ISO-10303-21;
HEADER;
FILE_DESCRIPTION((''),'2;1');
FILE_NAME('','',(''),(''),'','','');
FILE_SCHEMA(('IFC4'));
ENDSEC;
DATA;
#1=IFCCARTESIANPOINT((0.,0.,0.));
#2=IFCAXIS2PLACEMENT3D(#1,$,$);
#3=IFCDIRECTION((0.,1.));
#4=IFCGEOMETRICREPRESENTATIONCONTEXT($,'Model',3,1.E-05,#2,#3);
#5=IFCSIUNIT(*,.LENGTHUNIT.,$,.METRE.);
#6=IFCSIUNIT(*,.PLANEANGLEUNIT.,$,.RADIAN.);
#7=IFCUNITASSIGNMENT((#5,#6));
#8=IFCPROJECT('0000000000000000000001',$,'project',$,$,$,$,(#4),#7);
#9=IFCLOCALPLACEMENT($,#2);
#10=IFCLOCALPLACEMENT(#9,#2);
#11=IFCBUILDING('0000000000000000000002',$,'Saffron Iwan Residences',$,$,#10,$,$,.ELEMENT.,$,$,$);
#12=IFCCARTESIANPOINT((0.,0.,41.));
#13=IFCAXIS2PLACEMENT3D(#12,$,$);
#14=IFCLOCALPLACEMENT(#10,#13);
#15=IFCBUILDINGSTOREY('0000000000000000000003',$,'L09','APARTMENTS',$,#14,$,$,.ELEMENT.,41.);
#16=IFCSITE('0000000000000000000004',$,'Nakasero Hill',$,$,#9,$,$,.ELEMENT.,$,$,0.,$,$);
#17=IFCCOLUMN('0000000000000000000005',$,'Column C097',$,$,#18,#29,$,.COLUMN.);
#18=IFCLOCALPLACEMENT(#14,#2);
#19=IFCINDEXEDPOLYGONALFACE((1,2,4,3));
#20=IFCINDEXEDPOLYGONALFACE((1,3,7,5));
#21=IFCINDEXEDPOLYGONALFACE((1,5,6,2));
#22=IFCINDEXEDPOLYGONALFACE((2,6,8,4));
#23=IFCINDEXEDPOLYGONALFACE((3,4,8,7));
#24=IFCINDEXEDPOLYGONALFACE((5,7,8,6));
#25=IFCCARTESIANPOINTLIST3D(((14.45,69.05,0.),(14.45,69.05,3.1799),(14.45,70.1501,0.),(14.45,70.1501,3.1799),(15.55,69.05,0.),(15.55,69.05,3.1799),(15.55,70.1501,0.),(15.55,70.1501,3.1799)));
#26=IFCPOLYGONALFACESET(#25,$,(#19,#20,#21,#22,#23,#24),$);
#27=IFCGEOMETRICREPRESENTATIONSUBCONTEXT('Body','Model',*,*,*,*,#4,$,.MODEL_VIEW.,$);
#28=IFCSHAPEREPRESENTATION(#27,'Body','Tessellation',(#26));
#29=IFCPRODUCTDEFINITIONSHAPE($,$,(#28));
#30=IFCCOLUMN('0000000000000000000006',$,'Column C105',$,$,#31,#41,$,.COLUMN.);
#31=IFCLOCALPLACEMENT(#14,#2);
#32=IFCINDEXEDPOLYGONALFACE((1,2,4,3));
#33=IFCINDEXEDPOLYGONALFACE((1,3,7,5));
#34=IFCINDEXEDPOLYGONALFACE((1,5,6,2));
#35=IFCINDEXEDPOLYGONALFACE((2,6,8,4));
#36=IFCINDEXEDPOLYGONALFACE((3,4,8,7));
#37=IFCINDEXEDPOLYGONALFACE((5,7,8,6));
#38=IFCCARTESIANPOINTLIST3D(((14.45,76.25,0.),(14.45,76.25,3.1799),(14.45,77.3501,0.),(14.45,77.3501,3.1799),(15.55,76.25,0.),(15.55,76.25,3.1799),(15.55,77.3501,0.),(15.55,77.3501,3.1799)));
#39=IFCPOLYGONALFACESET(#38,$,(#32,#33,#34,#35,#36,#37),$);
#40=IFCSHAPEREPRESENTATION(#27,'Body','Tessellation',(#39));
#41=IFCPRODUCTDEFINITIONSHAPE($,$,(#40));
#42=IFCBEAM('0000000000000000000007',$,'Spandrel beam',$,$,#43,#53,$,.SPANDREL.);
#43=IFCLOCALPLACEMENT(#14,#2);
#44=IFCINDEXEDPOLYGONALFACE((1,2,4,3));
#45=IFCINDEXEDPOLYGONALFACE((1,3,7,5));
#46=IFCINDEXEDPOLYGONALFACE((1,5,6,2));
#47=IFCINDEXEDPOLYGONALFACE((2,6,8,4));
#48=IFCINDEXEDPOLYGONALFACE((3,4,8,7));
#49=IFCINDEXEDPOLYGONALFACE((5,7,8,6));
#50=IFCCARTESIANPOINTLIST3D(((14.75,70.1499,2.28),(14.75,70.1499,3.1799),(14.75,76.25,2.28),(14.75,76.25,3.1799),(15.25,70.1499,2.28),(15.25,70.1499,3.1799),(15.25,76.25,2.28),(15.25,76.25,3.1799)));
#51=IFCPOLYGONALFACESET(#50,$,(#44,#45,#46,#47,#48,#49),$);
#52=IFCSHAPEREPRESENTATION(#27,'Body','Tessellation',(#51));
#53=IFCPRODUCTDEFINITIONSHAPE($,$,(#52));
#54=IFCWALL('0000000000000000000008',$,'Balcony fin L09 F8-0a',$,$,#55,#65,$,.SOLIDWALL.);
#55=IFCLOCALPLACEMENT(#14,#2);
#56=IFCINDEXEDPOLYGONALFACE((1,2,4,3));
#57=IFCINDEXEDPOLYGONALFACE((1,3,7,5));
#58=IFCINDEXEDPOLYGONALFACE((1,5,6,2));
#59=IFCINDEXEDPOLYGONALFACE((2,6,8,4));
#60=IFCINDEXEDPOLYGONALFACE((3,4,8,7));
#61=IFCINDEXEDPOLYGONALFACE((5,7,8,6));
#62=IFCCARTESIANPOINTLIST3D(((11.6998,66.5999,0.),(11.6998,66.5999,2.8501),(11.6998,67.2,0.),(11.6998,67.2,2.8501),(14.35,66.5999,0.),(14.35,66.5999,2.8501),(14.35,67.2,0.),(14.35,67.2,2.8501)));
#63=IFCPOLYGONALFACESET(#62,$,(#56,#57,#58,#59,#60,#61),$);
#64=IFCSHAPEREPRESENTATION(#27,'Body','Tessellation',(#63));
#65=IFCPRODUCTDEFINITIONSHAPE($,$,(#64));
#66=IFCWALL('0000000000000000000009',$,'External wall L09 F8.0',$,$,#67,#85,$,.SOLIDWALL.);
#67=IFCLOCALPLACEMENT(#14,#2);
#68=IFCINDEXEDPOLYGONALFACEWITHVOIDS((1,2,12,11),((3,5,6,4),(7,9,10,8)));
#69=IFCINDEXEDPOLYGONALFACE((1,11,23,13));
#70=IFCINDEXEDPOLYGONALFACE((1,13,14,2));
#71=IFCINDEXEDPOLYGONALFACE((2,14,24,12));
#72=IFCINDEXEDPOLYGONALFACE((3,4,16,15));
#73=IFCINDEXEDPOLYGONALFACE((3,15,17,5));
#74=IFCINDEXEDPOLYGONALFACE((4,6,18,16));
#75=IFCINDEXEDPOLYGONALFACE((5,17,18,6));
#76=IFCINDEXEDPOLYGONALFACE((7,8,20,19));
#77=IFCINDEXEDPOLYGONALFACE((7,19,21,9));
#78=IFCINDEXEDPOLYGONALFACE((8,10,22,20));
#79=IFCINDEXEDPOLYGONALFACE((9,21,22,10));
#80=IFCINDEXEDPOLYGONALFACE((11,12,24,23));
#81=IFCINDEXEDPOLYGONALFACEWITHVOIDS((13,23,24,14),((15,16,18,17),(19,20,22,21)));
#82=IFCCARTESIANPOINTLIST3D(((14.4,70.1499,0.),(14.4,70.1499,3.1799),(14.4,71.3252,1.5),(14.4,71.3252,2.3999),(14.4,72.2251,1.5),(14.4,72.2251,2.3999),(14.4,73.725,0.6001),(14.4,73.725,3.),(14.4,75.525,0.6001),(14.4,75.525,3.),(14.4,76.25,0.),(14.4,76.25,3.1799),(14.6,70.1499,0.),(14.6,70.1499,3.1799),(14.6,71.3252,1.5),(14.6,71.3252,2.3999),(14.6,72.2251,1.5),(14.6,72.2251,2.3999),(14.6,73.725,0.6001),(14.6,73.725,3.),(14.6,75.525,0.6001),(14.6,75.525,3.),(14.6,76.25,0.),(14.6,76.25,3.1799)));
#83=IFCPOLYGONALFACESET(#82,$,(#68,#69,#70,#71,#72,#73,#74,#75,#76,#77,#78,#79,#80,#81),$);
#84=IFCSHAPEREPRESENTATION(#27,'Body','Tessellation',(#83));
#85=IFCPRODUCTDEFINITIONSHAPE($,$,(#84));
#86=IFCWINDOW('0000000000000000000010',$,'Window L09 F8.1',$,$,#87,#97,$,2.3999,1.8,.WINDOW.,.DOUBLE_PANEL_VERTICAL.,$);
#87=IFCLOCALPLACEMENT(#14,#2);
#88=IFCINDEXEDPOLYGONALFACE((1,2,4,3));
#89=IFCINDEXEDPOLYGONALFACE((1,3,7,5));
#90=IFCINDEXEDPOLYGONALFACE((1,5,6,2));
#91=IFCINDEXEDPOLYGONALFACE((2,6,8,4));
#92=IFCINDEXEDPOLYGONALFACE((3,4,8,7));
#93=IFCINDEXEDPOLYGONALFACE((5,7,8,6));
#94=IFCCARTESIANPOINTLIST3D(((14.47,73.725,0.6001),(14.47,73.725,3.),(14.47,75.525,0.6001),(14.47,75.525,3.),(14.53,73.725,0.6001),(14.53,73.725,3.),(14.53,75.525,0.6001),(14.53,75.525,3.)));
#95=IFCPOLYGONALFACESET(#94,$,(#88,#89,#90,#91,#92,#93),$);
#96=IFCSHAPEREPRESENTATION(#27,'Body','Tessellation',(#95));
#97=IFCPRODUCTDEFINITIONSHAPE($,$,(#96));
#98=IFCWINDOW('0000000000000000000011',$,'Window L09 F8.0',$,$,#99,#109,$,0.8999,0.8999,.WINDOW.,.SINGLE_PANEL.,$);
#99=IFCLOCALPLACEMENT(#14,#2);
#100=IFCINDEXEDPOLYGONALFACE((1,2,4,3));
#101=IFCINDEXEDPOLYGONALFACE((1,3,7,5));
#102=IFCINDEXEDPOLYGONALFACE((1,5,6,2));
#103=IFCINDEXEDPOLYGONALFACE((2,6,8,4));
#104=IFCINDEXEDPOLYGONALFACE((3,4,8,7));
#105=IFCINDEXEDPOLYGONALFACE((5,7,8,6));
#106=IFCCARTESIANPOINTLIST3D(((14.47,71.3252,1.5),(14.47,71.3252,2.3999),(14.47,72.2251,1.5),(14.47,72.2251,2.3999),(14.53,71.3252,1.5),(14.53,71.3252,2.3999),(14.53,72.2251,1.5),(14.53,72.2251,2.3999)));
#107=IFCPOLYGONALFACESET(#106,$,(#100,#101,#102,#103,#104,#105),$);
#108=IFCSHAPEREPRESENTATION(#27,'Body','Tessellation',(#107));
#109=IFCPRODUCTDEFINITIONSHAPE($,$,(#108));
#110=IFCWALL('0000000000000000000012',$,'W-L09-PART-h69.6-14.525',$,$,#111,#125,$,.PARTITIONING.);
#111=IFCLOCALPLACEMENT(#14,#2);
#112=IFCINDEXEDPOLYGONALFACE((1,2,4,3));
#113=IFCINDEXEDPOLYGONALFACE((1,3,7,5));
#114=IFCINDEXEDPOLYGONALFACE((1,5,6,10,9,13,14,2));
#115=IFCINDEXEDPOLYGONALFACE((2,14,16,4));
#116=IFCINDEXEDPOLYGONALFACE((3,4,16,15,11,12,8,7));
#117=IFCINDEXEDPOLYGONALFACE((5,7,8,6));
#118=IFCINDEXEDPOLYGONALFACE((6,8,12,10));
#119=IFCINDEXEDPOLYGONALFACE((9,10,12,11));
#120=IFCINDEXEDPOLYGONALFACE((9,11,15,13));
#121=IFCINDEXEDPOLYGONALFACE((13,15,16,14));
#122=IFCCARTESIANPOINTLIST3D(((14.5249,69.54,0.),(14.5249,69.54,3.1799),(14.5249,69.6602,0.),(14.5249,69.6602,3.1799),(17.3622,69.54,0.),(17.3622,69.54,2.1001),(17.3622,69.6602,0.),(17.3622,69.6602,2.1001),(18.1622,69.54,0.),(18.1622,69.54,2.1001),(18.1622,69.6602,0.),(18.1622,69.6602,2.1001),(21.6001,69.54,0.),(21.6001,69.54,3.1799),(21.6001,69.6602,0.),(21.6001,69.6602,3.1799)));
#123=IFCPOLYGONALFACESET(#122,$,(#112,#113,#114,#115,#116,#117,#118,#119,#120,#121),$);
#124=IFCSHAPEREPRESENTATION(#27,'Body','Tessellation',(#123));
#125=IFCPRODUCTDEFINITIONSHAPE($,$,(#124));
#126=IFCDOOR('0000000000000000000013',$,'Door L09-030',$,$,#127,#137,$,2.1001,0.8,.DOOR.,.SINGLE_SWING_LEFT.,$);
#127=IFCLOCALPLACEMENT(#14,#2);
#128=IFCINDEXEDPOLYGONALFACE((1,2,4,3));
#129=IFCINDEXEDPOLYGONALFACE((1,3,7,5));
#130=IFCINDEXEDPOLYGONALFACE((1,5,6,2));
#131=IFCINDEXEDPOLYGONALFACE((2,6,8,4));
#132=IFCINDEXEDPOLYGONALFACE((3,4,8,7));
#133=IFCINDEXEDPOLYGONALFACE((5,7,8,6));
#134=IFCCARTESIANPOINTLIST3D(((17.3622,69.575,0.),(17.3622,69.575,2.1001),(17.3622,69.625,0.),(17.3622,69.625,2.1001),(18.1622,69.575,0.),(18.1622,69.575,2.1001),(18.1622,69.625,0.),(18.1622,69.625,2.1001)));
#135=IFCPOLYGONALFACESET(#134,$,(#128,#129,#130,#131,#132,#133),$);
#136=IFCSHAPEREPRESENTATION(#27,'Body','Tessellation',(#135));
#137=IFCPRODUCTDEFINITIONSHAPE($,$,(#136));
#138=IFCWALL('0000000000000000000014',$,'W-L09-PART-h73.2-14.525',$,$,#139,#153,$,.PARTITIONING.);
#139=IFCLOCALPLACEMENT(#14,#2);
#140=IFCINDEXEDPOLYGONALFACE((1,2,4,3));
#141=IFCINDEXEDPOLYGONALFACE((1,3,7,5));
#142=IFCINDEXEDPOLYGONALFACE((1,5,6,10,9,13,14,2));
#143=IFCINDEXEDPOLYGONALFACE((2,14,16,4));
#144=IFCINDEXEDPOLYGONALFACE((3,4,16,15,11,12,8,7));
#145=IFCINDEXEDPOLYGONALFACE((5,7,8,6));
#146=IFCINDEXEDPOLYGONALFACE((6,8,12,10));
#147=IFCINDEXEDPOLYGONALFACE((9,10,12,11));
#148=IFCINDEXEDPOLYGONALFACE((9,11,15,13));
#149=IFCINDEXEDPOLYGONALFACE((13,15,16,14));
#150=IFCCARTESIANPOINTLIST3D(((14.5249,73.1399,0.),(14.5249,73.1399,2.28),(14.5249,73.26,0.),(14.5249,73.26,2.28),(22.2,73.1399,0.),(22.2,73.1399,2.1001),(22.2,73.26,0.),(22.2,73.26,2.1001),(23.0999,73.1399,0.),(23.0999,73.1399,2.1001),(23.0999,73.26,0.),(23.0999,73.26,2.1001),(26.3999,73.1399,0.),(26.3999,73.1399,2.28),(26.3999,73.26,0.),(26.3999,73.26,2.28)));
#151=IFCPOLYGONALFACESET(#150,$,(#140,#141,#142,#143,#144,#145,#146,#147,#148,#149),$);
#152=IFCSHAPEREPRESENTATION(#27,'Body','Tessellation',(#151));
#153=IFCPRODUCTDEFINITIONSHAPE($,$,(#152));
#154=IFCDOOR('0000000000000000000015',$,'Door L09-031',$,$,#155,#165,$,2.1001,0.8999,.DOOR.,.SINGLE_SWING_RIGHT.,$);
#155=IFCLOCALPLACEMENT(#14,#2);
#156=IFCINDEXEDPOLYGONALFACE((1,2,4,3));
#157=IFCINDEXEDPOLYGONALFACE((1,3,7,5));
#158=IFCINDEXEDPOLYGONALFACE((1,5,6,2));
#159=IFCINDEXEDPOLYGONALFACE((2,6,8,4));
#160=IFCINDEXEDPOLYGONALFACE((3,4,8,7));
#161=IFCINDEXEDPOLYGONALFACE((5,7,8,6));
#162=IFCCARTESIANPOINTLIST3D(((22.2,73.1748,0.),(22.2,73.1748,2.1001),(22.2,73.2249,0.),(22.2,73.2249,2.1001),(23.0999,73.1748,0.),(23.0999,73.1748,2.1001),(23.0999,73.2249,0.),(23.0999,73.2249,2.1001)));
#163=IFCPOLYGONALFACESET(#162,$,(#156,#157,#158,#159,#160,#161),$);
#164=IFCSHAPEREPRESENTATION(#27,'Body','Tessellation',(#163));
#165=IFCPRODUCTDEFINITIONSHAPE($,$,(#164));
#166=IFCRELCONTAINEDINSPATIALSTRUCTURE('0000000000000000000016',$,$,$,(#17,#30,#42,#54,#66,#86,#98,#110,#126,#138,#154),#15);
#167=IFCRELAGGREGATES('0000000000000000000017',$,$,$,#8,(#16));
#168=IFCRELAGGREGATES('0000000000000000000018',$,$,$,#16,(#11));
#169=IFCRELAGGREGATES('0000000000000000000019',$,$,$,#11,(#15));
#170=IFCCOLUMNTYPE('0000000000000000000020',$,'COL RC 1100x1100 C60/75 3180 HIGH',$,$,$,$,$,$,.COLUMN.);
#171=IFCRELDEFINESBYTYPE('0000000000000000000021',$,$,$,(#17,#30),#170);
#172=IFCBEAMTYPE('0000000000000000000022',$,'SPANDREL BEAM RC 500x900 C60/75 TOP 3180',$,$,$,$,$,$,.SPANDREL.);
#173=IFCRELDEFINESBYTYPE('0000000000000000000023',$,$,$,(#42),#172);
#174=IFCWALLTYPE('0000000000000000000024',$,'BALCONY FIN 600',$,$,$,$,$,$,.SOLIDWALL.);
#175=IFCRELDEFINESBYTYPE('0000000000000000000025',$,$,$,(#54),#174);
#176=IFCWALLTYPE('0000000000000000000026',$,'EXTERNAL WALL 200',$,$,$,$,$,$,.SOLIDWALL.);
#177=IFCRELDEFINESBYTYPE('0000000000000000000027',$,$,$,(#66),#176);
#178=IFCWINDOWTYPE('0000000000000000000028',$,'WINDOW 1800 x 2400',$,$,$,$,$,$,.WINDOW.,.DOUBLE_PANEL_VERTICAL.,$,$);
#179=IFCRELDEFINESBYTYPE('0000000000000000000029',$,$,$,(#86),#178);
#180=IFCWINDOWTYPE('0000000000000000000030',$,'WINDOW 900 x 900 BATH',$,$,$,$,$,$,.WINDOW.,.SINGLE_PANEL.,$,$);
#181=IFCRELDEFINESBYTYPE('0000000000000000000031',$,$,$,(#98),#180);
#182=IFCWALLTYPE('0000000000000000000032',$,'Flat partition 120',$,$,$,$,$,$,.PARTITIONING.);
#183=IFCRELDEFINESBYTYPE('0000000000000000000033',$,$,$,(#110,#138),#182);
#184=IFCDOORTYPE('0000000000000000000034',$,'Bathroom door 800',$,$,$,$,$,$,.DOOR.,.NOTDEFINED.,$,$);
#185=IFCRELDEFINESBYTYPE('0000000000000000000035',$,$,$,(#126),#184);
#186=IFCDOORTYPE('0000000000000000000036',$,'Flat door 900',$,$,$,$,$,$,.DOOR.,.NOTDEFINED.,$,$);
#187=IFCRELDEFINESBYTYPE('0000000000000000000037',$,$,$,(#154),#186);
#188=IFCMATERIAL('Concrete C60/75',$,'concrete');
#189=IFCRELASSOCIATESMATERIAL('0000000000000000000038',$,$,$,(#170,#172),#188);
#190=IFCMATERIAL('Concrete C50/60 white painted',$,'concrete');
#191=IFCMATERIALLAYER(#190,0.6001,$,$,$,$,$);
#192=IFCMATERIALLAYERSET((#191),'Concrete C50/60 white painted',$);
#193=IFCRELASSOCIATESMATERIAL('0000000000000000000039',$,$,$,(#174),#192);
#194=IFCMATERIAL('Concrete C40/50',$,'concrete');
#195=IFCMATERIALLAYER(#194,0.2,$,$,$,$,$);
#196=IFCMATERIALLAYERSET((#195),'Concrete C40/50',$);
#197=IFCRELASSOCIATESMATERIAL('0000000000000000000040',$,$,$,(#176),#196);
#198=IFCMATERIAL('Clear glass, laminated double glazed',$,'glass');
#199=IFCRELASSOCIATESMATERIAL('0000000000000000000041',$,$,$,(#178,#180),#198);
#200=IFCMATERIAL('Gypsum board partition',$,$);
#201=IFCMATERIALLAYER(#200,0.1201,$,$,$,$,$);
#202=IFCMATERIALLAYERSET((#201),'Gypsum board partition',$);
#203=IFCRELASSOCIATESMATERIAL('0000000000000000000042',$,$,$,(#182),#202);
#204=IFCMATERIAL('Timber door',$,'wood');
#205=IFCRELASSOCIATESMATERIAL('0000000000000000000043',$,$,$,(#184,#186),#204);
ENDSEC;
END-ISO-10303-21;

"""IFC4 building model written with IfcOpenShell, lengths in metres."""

from ifc_helpers import new_model, si_unit, direction, frame, frame_2d, origin, origin_2d, place, context, subcontext, project, spatial, rectangle, extrude, source, transform, mapped, material, layer, layer_set, material_profile, profile_set, type_object, element, fill, save


model = new_model("IFC4")

# Units and contexts
model_context = context("Model", 3, precision=1e-05, world=origin(), true_north=direction((0.0, 1.0)))
body_context = subcontext(model_context, "Body", "Model", "MODEL_VIEW")
ifc_project = project(units=[si_unit("LENGTHUNIT", "METRE"), si_unit("PLANEANGLEUNIT", "RADIAN")], contexts=[model_context])

# Site, building, storey
site_placement = place(None, origin())
site = spatial("IfcSite", under=ifc_project, at=site_placement, Name="Nakasero Hill", CompositionType="ELEMENT", RefElevation=0.0)
building_placement = place(site_placement, origin())
building = spatial("IfcBuilding", under=site, at=building_placement, Name="Saffron Iwan Residences", CompositionType="ELEMENT")
storey_placement = place(building_placement, frame((0.0, 0.0, 41.0)))
storey = spatial("IfcBuildingStorey", under=building, at=storey_placement, Name="L09", Description="APARTMENTS", CompositionType="ELEMENT", Elevation=41.0)

# Columns
ifc_material_1 = material(Name="Concrete C60/75", Category="concrete")
ifc_material_profile_1 = material_profile(ifc_material_1, rectangle(XDim=1.1001, YDim=1.1001, at=origin_2d()), Name="RC 1100x1100")
ifc_profile_set_1 = profile_set([ifc_material_profile_1], Name="Concrete C60/75")
column_type = type_object("IfcColumnType", Name="COL RC 1100x1100 C60/75 3180 HIGH", PredefinedType="COLUMN", material=ifc_profile_set_1)
shared_shape_1 = source(origin(), body_context, "Body", "SweptSolid", [
    extrude(rectangle(XDim=1.1001, YDim=1.1001, at=origin_2d()), origin(), (0.0, 0.0, 1.0), 3.1799),
])
for number, where, z_axis, x_axis, name in (
    (1, (15.0, 69.6001, 0.0), (0.0, 0.0, 1.0), (1.0, 0.0, 0.0), "Column C097"),
    (2, (15.0, 76.8, 0.0), (0.0, 0.0, 1.0), (1.0, 0.0, 0.0), "Column C105"),
):
    element("IfcColumn", number, at=place(storey_placement, frame(where, z_axis=z_axis, x_axis=x_axis)), inside=storey, type_object=column_type, Name=name, PredefinedType="COLUMN", context=body_context, shape_type="MappedRepresentation", body=[
        mapped(shared_shape_1, transform((0.0, 0.0, 0.0))),
    ])

# Beam
ifc_material_profile_2 = material_profile(ifc_material_1, rectangle(XDim=0.5, YDim=0.8999, at=origin_2d()), Name="RC 500x900")
ifc_profile_set_2 = profile_set([ifc_material_profile_2], Name="Concrete C60/75")
beam_type = type_object("IfcBeamType", Name="SPANDREL BEAM RC 500x900 C60/75 TOP 3180", PredefinedType="SPANDREL", material=ifc_profile_set_2)
shared_shape_2 = source(origin(), body_context, "Body", "SweptSolid", [
    extrude(rectangle(XDim=0.5, YDim=0.8999, at=origin_2d()), origin(), (0.0, 0.0, 1.0), 6.1001),
])
beam_placement = place(storey_placement, frame((15.0, 70.1499, 2.73), z_axis=(0.0, 1.0, 0.0), x_axis=(-1.0, 0.0, 0.0)))
element("IfcBeam", 3, at=beam_placement, inside=storey, type_object=beam_type, Name="Spandrel beam", PredefinedType="SPANDREL", context=body_context, shape_type="MappedRepresentation", body=[
    mapped(shared_shape_2, transform((0.0, 0.0, 0.0))),
])

# Wall
ifc_material_2 = material(Name="Concrete C50/60 white painted", Category="concrete")
ifc_layer_1 = layer(ifc_material_2, 0.6001)
ifc_layer_set_1 = layer_set([ifc_layer_1], Name="Concrete C50/60 white painted")
wall_type_1 = type_object("IfcWallType", Name="BALCONY FIN 600", PredefinedType="SOLIDWALL", material=ifc_layer_set_1)
wall_1_placement = place(storey_placement, frame((14.3501, 66.8999, 0.0), z_axis=(0.0, 0.0, 1.0), x_axis=(-1.0, 0.0, 0.0)))
element("IfcWall", 4, at=wall_1_placement, inside=storey, type_object=wall_type_1, Name="Balcony fin L09 F8-0a", PredefinedType="SOLIDWALL", context=body_context, shape_type="SweptSolid", body=[
    extrude(rectangle(XDim=2.6501, YDim=0.6001, at=frame_2d((1.3252, 0.0))), origin(), (0.0, 0.0, 1.0), 2.8501),
])

# Wall, openings, windows
ifc_material_3 = material(Name="Concrete C40/50", Category="concrete")
ifc_layer_2 = layer(ifc_material_3, 0.2)
ifc_layer_set_2 = layer_set([ifc_layer_2], Name="Concrete C40/50")
wall_type_2 = type_object("IfcWallType", Name="EXTERNAL WALL 200", PredefinedType="SOLIDWALL", material=ifc_layer_set_2)
wall_2_placement = place(storey_placement, frame((14.5, 76.25, 0.0), z_axis=(0.0, 0.0, 1.0), x_axis=(0.0, -1.0, 0.0)))
wall_2 = element("IfcWall", 5, at=wall_2_placement, inside=storey, type_object=wall_type_2, Name="External wall L09 F8.0", PredefinedType="SOLIDWALL", context=body_context, shape_type="SweptSolid", body=[
    extrude(rectangle(XDim=6.1001, YDim=0.2, at=frame_2d((3.05, 0.0))), origin(), (0.0, 0.0, 1.0), 3.1799),
])
opening_1_placement = place(wall_2_placement, frame((4.0249, 0.0, 1.5)))
opening_1 = element("IfcOpeningElement", 6, at=opening_1_placement, cuts=wall_2, PredefinedType="OPENING", context=body_context, shape_type="SweptSolid", body=[
    extrude(rectangle(XDim=0.8999, YDim=0.8999, at=frame_2d((0.45, 0.45))), frame((0.0, 0.1099, 0.0), z_axis=(0.0, -1.0, 0.0), x_axis=(1.0, 0.0, 0.0)), (0.0, 0.0, 1.0), 0.22),
])
opening_2_placement = place(wall_2_placement, frame((0.7251, 0.0, 0.6001)))
opening_2 = element("IfcOpeningElement", 7, at=opening_2_placement, cuts=wall_2, PredefinedType="OPENING", context=body_context, shape_type="SweptSolid", body=[
    extrude(rectangle(XDim=1.8, YDim=2.3999, at=frame_2d((0.8999, 1.2))), frame((0.0, 0.1099, 0.0), z_axis=(0.0, -1.0, 0.0), x_axis=(1.0, 0.0, 0.0)), (0.0, 0.0, 1.0), 0.22),
])
ifc_material_4 = material(Name="Clear glass, laminated double glazed", Category="glass")
window_type_1 = type_object("IfcWindowType", Name="WINDOW 1800 x 2400", PartitioningType="DOUBLE_PANEL_VERTICAL", PredefinedType="WINDOW", material=ifc_material_4)
window_1_placement = place(opening_2_placement, origin())
window_1 = element("IfcWindow", 8, at=window_1_placement, inside=storey, type_object=window_type_1, Name="Window L09 F8.1", OverallHeight=2.3999, OverallWidth=1.8, PartitioningType="DOUBLE_PANEL_VERTICAL", PredefinedType="WINDOW", context=body_context, shape_type="SweptSolid", body=[
    extrude(rectangle(XDim=1.8, YDim=2.3999, at=frame_2d((0.8999, 1.2))), frame((0.0, 0.03, 0.0), z_axis=(0.0, -1.0, 0.0), x_axis=(1.0, 0.0, 0.0)), (0.0, 0.0, 1.0), 0.0601),
])
fill(opening_2, window_1)
window_type_2 = type_object("IfcWindowType", Name="WINDOW 900 x 900 BATH", PartitioningType="SINGLE_PANEL", PredefinedType="WINDOW", material=ifc_material_4)
window_2_placement = place(opening_1_placement, origin())
window_2 = element("IfcWindow", 9, at=window_2_placement, inside=storey, type_object=window_type_2, Name="Window L09 F8.0", OverallHeight=0.8999, OverallWidth=0.8999, PartitioningType="SINGLE_PANEL", PredefinedType="WINDOW", context=body_context, shape_type="SweptSolid", body=[
    extrude(rectangle(XDim=0.8999, YDim=0.8999, at=frame_2d((0.45, 0.45))), frame((0.0, 0.03, 0.0), z_axis=(0.0, -1.0, 0.0), x_axis=(1.0, 0.0, 0.0)), (0.0, 0.0, 1.0), 0.0601),
])
fill(opening_1, window_2)

# Walls, openings, doors
ifc_material_5 = material(Name="Gypsum board partition")
ifc_layer_3 = layer(ifc_material_5, 0.1201)
ifc_layer_set_3 = layer_set([ifc_layer_3], Name="Gypsum board partition")
wall_type_3 = type_object("IfcWallType", Name="Flat partition 120", PredefinedType="PARTITIONING", material=ifc_layer_set_3)
wall_3_placement = place(storey_placement, frame((14.5249, 69.6001, 0.0), z_axis=(0.0, 0.0, 1.0), x_axis=(1.0, 0.0, 0.0)))
wall_3 = element("IfcWall", 10, at=wall_3_placement, inside=storey, type_object=wall_type_3, Name="W-L09-PART-h69.6-14.525", PredefinedType="PARTITIONING", context=body_context, shape_type="SweptSolid", body=[
    extrude(rectangle(XDim=7.0752, YDim=0.1201, at=frame_2d((3.5376, 0.0))), origin(), (0.0, 0.0, 1.0), 3.1799),
])
opening_3_placement = place(wall_3_placement, frame((2.8374, 0.0, 0.0)))
opening_3 = element("IfcOpeningElement", 11, at=opening_3_placement, cuts=wall_3, PredefinedType="OPENING", context=body_context, shape_type="SweptSolid", body=[
    extrude(rectangle(XDim=0.8, YDim=2.1001, at=frame_2d((0.3999, 1.05))), frame((0.0, 0.0701, 0.0), z_axis=(0.0, -1.0, 0.0), x_axis=(1.0, 0.0, 0.0)), (0.0, 0.0, 1.0), 0.1401),
])
ifc_material_6 = material(Name="Timber door", Category="wood")
door_type_1 = type_object("IfcDoorType", Name="Bathroom door 800", OperationType="NOTDEFINED", PredefinedType="DOOR", material=ifc_material_6)
door_1_placement = place(opening_3_placement, origin())
door_1 = element("IfcDoor", 12, at=door_1_placement, inside=storey, type_object=door_type_1, Name="Door L09-030", OperationType="SINGLE_SWING_LEFT", OverallHeight=2.1001, OverallWidth=0.8, PredefinedType="DOOR", context=body_context, shape_type="SweptSolid", body=[
    extrude(rectangle(XDim=0.8, YDim=2.1001, at=frame_2d((0.3999, 1.05))), frame((0.0, 0.0249, 0.0), z_axis=(0.0, -1.0, 0.0), x_axis=(1.0, 0.0, 0.0)), (0.0, 0.0, 1.0), 0.05),
])
fill(opening_3, door_1)
wall_4_placement = place(storey_placement, frame((14.5249, 73.2, 0.0), z_axis=(0.0, 0.0, 1.0), x_axis=(1.0, 0.0, 0.0)))
wall_4 = element("IfcWall", 13, at=wall_4_placement, inside=storey, type_object=wall_type_3, Name="W-L09-PART-h73.2-14.525", PredefinedType="PARTITIONING", context=body_context, shape_type="SweptSolid", body=[
    extrude(rectangle(XDim=11.875, YDim=0.1201, at=frame_2d((5.9375, 0.0))), origin(), (0.0, 0.0, 1.0), 2.28),
])
opening_4_placement = place(wall_4_placement, frame((7.675, 0.0, 0.0)))
opening_4 = element("IfcOpeningElement", 14, at=opening_4_placement, cuts=wall_4, PredefinedType="OPENING", context=body_context, shape_type="SweptSolid", body=[
    extrude(rectangle(XDim=0.8999, YDim=2.1001, at=frame_2d((0.45, 1.05))), frame((0.0, 0.0701, 0.0), z_axis=(0.0, -1.0, 0.0), x_axis=(1.0, 0.0, 0.0)), (0.0, 0.0, 1.0), 0.1401),
])
door_type_2 = type_object("IfcDoorType", Name="Flat door 900", OperationType="NOTDEFINED", PredefinedType="DOOR", material=ifc_material_6)
door_2_placement = place(opening_4_placement, origin())
door_2 = element("IfcDoor", 15, at=door_2_placement, inside=storey, type_object=door_type_2, Name="Door L09-031", OperationType="SINGLE_SWING_RIGHT", OverallHeight=2.1001, OverallWidth=0.8999, PredefinedType="DOOR", context=body_context, shape_type="SweptSolid", body=[
    extrude(rectangle(XDim=0.8999, YDim=2.1001, at=frame_2d((0.45, 1.05))), frame((0.0, 0.0249, 0.0), z_axis=(0.0, -1.0, 0.0), x_axis=(1.0, 0.0, 0.0)), (0.0, 0.0, 1.0), 0.05),
])
fill(opening_4, door_2)

save(model, "model.ifc")
